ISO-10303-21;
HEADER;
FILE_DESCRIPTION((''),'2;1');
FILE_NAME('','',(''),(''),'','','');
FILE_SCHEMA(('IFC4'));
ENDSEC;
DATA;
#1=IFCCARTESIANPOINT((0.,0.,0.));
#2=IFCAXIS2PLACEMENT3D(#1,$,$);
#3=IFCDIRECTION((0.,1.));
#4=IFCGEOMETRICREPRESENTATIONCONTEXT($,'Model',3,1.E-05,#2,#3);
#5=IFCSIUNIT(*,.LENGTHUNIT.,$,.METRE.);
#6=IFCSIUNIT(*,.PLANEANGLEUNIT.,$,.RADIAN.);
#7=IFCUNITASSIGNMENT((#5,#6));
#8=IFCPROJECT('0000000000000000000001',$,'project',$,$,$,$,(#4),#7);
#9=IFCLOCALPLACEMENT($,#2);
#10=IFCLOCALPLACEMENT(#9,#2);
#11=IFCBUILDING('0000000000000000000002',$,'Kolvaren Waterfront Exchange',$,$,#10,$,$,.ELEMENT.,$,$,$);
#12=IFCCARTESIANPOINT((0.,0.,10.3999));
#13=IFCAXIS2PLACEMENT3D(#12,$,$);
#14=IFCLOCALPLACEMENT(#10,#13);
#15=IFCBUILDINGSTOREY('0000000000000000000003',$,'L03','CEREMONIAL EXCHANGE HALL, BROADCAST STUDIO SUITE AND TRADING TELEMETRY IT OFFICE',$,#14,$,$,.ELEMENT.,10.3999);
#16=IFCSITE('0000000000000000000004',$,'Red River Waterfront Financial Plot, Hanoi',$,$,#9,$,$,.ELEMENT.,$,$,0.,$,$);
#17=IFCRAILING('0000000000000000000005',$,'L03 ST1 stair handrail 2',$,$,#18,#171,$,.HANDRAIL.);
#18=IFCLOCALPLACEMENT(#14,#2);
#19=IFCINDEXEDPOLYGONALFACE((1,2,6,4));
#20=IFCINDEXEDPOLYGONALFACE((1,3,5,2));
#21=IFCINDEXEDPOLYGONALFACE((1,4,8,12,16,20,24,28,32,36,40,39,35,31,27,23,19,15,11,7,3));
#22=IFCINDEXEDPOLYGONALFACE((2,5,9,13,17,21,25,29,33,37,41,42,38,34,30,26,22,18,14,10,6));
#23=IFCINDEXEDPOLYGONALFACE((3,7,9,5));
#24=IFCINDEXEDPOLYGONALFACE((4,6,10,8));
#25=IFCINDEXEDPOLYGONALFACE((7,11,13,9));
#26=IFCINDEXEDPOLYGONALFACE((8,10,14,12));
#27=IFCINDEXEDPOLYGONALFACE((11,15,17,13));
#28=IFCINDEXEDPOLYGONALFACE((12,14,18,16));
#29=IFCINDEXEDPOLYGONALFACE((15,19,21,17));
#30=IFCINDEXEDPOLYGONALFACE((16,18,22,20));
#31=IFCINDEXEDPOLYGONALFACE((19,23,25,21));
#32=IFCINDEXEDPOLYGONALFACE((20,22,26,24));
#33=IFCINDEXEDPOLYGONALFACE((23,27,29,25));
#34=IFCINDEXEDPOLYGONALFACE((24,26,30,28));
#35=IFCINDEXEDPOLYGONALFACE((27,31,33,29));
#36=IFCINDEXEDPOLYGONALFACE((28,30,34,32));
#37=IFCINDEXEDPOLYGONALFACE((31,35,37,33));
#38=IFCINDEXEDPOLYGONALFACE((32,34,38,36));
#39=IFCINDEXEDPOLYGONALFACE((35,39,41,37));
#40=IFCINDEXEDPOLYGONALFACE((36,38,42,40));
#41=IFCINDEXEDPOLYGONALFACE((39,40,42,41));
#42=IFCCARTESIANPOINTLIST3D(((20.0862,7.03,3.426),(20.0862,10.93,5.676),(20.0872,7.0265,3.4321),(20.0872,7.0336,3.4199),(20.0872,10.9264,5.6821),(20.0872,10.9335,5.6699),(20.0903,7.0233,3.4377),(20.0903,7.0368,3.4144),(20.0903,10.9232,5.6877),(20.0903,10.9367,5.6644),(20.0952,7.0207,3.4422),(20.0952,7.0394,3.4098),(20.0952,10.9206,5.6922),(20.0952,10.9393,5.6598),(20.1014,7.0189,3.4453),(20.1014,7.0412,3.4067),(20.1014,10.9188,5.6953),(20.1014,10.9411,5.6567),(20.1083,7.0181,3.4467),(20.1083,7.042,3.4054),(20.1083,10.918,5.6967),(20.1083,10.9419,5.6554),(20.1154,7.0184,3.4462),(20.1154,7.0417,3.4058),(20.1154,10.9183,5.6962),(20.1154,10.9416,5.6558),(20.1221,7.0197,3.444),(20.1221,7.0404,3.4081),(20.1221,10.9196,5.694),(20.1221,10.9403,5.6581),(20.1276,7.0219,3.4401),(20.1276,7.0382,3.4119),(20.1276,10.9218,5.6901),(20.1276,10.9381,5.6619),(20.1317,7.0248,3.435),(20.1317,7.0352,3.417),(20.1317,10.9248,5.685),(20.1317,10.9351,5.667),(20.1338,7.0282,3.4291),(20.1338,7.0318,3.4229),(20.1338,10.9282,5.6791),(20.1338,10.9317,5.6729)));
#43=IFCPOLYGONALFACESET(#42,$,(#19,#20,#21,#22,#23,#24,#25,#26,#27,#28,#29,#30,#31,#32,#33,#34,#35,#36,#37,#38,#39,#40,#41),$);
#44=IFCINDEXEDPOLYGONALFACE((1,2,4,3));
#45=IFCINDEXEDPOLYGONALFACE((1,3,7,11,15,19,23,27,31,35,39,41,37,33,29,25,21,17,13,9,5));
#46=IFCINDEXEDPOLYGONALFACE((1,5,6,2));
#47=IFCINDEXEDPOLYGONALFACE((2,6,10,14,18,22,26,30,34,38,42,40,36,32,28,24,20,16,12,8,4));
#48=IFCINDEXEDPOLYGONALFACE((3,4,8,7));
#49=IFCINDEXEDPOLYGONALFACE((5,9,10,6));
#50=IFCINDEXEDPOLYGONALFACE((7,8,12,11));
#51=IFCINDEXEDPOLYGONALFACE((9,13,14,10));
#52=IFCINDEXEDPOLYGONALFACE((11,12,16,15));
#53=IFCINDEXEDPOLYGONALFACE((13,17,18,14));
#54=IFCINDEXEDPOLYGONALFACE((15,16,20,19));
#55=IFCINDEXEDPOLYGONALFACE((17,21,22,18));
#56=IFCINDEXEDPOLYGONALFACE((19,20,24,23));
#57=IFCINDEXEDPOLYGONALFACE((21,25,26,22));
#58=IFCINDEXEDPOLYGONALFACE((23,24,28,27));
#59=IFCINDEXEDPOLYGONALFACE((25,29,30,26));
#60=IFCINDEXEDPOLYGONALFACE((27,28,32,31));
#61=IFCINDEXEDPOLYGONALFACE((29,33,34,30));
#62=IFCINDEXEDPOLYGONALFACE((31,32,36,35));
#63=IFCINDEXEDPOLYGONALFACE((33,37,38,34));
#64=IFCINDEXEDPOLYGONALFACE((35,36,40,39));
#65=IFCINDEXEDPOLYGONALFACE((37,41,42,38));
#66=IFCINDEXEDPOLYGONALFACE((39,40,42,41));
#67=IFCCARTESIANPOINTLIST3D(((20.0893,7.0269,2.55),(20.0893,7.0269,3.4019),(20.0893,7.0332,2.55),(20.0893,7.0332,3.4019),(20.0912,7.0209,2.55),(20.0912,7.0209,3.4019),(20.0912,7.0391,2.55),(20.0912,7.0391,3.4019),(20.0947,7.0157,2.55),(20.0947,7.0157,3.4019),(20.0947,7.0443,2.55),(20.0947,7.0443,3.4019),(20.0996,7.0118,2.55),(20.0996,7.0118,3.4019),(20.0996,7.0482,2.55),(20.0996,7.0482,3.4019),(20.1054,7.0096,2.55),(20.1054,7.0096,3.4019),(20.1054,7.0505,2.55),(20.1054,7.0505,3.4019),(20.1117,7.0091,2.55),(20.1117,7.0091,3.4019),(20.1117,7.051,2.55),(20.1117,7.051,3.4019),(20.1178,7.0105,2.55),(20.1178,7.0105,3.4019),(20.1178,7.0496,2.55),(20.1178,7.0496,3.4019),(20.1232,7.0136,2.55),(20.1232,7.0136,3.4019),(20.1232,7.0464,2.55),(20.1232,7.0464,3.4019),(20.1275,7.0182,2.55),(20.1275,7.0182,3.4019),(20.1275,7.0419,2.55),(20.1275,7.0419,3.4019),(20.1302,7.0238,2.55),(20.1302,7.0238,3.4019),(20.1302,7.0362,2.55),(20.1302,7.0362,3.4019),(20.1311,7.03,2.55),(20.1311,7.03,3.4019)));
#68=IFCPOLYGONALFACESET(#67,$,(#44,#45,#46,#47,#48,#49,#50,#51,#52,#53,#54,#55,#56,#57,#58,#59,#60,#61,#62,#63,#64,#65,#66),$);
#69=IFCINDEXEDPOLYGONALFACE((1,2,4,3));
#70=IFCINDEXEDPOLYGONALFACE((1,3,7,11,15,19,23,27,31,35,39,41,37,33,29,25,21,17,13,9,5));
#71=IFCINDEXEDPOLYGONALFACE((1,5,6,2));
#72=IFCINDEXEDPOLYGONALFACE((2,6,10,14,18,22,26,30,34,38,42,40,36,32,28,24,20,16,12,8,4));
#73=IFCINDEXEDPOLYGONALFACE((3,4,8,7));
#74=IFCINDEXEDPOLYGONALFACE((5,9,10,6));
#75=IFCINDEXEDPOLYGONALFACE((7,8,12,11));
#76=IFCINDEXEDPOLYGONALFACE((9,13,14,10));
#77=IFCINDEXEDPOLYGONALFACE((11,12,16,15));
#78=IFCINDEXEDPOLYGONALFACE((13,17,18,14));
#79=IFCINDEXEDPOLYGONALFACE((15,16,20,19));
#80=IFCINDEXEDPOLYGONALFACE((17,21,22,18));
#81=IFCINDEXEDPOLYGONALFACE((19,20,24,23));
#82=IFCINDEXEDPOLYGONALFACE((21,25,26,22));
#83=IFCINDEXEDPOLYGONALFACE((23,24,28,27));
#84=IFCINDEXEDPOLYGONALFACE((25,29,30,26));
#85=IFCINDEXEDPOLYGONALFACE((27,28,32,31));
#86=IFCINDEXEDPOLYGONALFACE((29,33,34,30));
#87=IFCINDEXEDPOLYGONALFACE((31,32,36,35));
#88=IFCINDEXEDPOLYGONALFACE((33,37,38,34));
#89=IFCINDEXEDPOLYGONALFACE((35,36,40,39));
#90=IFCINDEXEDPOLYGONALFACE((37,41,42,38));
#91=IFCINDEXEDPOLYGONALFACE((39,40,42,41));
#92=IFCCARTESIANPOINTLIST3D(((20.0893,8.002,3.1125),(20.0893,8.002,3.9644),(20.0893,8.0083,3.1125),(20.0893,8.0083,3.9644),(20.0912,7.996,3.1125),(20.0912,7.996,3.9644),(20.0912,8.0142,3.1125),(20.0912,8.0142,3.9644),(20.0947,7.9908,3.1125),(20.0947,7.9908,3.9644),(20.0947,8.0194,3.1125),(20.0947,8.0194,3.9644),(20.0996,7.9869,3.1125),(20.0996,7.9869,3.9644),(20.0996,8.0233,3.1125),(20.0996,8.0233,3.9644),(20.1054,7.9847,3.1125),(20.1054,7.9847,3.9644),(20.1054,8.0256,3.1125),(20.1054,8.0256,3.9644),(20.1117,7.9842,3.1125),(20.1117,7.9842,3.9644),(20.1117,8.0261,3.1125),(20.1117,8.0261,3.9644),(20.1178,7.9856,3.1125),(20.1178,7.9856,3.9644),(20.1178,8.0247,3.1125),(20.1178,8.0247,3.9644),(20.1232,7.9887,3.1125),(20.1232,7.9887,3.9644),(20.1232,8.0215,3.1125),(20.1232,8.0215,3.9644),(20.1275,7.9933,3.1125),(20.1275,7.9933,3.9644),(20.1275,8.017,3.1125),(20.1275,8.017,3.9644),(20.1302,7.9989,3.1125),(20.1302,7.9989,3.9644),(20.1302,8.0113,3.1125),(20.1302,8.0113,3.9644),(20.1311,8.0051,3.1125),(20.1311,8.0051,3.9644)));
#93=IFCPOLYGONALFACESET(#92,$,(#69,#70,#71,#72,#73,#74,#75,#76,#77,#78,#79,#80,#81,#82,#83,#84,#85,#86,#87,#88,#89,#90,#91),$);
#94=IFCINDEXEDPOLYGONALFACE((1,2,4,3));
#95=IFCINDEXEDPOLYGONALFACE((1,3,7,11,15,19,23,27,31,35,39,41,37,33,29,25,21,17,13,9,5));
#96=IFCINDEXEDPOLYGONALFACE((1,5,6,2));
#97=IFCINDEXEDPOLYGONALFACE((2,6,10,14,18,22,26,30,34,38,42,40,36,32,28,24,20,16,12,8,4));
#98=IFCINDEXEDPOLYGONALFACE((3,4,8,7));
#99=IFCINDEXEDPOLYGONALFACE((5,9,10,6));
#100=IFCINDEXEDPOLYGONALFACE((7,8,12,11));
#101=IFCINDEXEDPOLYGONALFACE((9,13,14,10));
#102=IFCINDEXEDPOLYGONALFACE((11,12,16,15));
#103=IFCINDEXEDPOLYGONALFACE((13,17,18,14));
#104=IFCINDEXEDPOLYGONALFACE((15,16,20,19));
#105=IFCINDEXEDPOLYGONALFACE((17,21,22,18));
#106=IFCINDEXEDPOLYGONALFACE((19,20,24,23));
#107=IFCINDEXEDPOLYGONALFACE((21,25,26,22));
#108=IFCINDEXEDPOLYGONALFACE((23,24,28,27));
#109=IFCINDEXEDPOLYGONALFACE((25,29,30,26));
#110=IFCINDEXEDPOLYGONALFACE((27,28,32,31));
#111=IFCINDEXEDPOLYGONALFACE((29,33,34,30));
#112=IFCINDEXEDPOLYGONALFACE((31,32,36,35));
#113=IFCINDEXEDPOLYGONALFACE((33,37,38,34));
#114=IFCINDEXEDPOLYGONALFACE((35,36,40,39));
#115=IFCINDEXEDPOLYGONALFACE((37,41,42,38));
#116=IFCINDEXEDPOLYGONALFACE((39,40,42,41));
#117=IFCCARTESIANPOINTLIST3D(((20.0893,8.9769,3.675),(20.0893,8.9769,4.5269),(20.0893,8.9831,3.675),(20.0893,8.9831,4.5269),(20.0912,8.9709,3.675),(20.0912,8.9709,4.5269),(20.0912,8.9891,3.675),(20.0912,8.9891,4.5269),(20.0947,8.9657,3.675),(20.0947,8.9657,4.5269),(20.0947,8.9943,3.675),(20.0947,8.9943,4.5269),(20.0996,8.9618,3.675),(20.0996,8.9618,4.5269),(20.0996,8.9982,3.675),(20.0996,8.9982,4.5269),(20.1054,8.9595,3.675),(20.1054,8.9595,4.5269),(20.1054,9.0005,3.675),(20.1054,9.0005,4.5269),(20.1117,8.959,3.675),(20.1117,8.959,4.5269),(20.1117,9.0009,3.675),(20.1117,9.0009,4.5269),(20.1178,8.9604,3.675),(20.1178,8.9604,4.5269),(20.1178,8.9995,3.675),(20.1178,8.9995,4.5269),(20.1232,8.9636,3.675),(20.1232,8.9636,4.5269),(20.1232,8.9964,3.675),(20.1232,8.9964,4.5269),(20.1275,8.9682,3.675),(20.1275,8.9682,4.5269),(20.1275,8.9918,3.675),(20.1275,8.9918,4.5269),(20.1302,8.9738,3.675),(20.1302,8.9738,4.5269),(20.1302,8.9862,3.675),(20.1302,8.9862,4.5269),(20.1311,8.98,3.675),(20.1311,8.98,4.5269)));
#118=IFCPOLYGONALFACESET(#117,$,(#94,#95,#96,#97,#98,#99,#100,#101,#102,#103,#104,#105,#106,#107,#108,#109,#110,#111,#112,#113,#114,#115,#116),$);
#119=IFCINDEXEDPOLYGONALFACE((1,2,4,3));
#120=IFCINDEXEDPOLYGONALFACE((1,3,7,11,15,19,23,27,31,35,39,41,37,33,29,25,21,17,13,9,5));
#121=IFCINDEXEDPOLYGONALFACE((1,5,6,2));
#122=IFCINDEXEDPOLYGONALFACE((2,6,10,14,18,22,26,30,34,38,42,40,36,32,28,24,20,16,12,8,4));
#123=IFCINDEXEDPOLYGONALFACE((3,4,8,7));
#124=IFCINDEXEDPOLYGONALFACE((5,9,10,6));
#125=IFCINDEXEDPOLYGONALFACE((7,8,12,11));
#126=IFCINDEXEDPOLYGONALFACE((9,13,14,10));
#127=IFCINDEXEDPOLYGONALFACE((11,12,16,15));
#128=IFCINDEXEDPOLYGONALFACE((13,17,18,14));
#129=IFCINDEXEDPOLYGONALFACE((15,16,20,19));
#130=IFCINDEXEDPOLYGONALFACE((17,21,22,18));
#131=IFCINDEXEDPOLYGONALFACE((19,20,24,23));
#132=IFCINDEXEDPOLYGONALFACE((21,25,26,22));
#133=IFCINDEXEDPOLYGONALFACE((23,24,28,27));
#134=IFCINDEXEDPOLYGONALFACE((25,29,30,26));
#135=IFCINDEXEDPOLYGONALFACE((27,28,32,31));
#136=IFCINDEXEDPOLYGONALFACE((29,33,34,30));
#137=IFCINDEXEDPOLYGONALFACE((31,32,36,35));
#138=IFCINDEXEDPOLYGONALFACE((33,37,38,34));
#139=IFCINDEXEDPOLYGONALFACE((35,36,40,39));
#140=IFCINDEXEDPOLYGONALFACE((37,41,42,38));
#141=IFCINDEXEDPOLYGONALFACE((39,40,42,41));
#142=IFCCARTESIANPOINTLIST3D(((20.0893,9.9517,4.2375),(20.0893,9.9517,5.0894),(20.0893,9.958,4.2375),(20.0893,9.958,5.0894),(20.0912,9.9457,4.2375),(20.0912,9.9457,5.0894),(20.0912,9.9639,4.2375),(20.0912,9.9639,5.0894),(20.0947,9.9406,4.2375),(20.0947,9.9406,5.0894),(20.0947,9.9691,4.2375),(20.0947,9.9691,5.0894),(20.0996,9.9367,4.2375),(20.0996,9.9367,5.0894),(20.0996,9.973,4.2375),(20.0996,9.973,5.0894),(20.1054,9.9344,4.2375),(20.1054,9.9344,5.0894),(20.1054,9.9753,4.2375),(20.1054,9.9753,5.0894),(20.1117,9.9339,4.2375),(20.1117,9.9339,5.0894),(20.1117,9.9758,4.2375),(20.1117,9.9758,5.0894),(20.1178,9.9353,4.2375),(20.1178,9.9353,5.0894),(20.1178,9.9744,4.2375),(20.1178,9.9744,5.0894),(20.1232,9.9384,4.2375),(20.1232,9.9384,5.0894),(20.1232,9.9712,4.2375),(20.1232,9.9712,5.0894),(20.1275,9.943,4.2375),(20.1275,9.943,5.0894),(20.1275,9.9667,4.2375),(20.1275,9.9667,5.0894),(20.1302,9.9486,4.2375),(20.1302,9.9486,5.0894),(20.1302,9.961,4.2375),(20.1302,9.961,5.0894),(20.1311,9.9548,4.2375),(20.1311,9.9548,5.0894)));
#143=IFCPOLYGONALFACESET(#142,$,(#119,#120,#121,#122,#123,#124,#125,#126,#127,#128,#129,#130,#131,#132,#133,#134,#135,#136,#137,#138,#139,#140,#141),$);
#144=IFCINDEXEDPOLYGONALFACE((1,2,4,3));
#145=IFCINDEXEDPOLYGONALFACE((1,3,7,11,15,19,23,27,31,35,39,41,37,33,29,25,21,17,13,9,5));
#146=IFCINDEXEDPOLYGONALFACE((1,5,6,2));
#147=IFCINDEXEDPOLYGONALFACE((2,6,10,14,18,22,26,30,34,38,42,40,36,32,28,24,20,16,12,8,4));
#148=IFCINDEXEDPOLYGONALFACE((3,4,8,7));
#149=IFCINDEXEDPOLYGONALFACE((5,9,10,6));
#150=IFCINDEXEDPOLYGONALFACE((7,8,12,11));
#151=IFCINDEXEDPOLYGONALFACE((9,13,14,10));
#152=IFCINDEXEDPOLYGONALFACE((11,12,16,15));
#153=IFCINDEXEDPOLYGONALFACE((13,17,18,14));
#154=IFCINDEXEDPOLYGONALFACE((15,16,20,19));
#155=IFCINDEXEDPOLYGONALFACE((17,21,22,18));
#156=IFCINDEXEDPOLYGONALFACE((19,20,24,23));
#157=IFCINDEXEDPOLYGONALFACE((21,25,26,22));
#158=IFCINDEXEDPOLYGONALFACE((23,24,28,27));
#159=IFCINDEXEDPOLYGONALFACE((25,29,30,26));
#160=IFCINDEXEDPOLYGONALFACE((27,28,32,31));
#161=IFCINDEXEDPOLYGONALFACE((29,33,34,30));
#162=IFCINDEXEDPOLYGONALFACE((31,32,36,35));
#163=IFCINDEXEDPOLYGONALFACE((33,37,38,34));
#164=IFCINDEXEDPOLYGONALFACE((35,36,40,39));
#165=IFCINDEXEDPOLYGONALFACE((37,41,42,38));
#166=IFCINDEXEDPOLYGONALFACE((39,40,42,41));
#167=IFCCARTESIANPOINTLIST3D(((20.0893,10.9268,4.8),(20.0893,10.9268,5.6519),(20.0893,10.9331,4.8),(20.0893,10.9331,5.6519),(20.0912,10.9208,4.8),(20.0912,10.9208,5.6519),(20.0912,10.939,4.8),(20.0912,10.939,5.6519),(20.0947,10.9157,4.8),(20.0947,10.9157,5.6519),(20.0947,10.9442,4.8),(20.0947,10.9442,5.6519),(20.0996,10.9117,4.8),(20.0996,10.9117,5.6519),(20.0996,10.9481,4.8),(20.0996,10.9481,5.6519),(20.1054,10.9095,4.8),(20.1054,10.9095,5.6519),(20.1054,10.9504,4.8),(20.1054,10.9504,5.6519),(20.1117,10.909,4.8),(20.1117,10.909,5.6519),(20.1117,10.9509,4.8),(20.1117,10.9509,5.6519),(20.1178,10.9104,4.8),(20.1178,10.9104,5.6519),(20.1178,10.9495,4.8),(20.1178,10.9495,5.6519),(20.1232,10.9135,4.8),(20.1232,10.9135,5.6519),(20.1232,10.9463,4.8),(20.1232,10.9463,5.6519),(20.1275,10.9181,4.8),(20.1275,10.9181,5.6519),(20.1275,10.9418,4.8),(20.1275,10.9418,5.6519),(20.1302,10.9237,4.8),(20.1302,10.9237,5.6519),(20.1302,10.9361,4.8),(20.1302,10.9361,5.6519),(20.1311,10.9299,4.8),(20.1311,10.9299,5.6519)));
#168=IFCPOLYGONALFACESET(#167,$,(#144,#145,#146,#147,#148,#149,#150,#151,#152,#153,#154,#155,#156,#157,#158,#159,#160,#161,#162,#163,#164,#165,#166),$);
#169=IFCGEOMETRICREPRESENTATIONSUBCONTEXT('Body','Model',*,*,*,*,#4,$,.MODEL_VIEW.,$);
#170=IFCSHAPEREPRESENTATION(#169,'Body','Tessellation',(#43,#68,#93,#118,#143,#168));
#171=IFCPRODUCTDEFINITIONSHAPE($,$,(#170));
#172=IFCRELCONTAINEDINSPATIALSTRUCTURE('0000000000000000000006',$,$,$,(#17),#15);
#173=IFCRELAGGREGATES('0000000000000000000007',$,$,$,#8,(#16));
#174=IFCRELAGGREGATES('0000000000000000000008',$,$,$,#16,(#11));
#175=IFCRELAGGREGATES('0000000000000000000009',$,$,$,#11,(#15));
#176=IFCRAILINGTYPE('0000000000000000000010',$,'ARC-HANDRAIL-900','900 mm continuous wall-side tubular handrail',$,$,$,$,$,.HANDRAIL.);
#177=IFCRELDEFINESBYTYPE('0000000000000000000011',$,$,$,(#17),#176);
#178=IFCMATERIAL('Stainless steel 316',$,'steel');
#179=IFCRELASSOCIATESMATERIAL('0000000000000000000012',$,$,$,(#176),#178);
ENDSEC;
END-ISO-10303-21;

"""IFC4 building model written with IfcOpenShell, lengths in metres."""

from ifc_helpers import new_model, si_unit, direction, frame, origin, origin_2d, place, context, subcontext, project, spatial, circle, extrude, material, type_object, element, save


model = new_model("IFC4")

# Units and contexts
model_context = context("Model", 3, precision=1e-05, world=origin(), true_north=direction((0.0, 1.0)))
body_context = subcontext(model_context, "Body", "Model", "MODEL_VIEW")
ifc_project = project(units=[si_unit("LENGTHUNIT", "METRE"), si_unit("PLANEANGLEUNIT", "RADIAN")], contexts=[model_context])

# Site, building, storey
site_placement = place(None, origin())
site = spatial("IfcSite", under=ifc_project, at=site_placement, Name="Red River Waterfront Financial Plot, Hanoi", CompositionType="ELEMENT", RefElevation=0.0)
building_placement = place(site_placement, origin())
building = spatial("IfcBuilding", under=site, at=building_placement, Name="Kolvaren Waterfront Exchange", CompositionType="ELEMENT")
storey_placement = place(building_placement, frame((0.0, 0.0, 10.3999)))
storey = spatial("IfcBuildingStorey", under=building, at=storey_placement, Name="L03", Description="CEREMONIAL EXCHANGE HALL, BROADCAST STUDIO SUITE AND TRADING TELEMETRY IT OFFICE", CompositionType="ELEMENT", Elevation=10.3999)

# Railing
ifc_material_1 = material(Name="Stainless steel 316", Category="steel")
railing_type_1 = type_object("IfcRailingType", Name="ARC-HANDRAIL-900", Description="900 mm continuous wall-side tubular handrail", PredefinedType="HANDRAIL", material=ifc_material_1)
railing_1_placement = place(storey_placement, frame((20.1101, 7.03, 2.55)))
element("IfcRailing", 1, at=railing_1_placement, inside=storey, type_object=railing_type_1, Name="L03 ST1 stair handrail 2", PredefinedType="HANDRAIL", context=body_context, shape_type="SweptSolid", body=[
    extrude(circle(Radius=0.0239, at=origin_2d()), frame((0.0, 0.0, 0.876), z_axis=(0.0, 0.86618, 0.499732), x_axis=(-1.0, 0.0, 0.0)), (0.0, 0.0, 1.0), 4.5024),
    extrude(circle(Radius=0.021, at=origin_2d()), origin(), (0.0, 0.0, 1.0), 0.8518),
    extrude(circle(Radius=0.021, at=origin_2d()), frame((0.0, 0.9751, 0.5625)), (0.0, 0.0, 1.0), 0.8518),
    extrude(circle(Radius=0.021, at=origin_2d()), frame((0.0, 1.95, 1.125)), (0.0, 0.0, 1.0), 0.8518),
    extrude(circle(Radius=0.021, at=origin_2d()), frame((0.0, 2.9248, 1.6875)), (0.0, 0.0, 1.0), 0.8518),
    extrude(circle(Radius=0.021, at=origin_2d()), frame((0.0, 3.8999, 2.25)), (0.0, 0.0, 1.0), 0.8518),
])

save(model, "model.ifc")
